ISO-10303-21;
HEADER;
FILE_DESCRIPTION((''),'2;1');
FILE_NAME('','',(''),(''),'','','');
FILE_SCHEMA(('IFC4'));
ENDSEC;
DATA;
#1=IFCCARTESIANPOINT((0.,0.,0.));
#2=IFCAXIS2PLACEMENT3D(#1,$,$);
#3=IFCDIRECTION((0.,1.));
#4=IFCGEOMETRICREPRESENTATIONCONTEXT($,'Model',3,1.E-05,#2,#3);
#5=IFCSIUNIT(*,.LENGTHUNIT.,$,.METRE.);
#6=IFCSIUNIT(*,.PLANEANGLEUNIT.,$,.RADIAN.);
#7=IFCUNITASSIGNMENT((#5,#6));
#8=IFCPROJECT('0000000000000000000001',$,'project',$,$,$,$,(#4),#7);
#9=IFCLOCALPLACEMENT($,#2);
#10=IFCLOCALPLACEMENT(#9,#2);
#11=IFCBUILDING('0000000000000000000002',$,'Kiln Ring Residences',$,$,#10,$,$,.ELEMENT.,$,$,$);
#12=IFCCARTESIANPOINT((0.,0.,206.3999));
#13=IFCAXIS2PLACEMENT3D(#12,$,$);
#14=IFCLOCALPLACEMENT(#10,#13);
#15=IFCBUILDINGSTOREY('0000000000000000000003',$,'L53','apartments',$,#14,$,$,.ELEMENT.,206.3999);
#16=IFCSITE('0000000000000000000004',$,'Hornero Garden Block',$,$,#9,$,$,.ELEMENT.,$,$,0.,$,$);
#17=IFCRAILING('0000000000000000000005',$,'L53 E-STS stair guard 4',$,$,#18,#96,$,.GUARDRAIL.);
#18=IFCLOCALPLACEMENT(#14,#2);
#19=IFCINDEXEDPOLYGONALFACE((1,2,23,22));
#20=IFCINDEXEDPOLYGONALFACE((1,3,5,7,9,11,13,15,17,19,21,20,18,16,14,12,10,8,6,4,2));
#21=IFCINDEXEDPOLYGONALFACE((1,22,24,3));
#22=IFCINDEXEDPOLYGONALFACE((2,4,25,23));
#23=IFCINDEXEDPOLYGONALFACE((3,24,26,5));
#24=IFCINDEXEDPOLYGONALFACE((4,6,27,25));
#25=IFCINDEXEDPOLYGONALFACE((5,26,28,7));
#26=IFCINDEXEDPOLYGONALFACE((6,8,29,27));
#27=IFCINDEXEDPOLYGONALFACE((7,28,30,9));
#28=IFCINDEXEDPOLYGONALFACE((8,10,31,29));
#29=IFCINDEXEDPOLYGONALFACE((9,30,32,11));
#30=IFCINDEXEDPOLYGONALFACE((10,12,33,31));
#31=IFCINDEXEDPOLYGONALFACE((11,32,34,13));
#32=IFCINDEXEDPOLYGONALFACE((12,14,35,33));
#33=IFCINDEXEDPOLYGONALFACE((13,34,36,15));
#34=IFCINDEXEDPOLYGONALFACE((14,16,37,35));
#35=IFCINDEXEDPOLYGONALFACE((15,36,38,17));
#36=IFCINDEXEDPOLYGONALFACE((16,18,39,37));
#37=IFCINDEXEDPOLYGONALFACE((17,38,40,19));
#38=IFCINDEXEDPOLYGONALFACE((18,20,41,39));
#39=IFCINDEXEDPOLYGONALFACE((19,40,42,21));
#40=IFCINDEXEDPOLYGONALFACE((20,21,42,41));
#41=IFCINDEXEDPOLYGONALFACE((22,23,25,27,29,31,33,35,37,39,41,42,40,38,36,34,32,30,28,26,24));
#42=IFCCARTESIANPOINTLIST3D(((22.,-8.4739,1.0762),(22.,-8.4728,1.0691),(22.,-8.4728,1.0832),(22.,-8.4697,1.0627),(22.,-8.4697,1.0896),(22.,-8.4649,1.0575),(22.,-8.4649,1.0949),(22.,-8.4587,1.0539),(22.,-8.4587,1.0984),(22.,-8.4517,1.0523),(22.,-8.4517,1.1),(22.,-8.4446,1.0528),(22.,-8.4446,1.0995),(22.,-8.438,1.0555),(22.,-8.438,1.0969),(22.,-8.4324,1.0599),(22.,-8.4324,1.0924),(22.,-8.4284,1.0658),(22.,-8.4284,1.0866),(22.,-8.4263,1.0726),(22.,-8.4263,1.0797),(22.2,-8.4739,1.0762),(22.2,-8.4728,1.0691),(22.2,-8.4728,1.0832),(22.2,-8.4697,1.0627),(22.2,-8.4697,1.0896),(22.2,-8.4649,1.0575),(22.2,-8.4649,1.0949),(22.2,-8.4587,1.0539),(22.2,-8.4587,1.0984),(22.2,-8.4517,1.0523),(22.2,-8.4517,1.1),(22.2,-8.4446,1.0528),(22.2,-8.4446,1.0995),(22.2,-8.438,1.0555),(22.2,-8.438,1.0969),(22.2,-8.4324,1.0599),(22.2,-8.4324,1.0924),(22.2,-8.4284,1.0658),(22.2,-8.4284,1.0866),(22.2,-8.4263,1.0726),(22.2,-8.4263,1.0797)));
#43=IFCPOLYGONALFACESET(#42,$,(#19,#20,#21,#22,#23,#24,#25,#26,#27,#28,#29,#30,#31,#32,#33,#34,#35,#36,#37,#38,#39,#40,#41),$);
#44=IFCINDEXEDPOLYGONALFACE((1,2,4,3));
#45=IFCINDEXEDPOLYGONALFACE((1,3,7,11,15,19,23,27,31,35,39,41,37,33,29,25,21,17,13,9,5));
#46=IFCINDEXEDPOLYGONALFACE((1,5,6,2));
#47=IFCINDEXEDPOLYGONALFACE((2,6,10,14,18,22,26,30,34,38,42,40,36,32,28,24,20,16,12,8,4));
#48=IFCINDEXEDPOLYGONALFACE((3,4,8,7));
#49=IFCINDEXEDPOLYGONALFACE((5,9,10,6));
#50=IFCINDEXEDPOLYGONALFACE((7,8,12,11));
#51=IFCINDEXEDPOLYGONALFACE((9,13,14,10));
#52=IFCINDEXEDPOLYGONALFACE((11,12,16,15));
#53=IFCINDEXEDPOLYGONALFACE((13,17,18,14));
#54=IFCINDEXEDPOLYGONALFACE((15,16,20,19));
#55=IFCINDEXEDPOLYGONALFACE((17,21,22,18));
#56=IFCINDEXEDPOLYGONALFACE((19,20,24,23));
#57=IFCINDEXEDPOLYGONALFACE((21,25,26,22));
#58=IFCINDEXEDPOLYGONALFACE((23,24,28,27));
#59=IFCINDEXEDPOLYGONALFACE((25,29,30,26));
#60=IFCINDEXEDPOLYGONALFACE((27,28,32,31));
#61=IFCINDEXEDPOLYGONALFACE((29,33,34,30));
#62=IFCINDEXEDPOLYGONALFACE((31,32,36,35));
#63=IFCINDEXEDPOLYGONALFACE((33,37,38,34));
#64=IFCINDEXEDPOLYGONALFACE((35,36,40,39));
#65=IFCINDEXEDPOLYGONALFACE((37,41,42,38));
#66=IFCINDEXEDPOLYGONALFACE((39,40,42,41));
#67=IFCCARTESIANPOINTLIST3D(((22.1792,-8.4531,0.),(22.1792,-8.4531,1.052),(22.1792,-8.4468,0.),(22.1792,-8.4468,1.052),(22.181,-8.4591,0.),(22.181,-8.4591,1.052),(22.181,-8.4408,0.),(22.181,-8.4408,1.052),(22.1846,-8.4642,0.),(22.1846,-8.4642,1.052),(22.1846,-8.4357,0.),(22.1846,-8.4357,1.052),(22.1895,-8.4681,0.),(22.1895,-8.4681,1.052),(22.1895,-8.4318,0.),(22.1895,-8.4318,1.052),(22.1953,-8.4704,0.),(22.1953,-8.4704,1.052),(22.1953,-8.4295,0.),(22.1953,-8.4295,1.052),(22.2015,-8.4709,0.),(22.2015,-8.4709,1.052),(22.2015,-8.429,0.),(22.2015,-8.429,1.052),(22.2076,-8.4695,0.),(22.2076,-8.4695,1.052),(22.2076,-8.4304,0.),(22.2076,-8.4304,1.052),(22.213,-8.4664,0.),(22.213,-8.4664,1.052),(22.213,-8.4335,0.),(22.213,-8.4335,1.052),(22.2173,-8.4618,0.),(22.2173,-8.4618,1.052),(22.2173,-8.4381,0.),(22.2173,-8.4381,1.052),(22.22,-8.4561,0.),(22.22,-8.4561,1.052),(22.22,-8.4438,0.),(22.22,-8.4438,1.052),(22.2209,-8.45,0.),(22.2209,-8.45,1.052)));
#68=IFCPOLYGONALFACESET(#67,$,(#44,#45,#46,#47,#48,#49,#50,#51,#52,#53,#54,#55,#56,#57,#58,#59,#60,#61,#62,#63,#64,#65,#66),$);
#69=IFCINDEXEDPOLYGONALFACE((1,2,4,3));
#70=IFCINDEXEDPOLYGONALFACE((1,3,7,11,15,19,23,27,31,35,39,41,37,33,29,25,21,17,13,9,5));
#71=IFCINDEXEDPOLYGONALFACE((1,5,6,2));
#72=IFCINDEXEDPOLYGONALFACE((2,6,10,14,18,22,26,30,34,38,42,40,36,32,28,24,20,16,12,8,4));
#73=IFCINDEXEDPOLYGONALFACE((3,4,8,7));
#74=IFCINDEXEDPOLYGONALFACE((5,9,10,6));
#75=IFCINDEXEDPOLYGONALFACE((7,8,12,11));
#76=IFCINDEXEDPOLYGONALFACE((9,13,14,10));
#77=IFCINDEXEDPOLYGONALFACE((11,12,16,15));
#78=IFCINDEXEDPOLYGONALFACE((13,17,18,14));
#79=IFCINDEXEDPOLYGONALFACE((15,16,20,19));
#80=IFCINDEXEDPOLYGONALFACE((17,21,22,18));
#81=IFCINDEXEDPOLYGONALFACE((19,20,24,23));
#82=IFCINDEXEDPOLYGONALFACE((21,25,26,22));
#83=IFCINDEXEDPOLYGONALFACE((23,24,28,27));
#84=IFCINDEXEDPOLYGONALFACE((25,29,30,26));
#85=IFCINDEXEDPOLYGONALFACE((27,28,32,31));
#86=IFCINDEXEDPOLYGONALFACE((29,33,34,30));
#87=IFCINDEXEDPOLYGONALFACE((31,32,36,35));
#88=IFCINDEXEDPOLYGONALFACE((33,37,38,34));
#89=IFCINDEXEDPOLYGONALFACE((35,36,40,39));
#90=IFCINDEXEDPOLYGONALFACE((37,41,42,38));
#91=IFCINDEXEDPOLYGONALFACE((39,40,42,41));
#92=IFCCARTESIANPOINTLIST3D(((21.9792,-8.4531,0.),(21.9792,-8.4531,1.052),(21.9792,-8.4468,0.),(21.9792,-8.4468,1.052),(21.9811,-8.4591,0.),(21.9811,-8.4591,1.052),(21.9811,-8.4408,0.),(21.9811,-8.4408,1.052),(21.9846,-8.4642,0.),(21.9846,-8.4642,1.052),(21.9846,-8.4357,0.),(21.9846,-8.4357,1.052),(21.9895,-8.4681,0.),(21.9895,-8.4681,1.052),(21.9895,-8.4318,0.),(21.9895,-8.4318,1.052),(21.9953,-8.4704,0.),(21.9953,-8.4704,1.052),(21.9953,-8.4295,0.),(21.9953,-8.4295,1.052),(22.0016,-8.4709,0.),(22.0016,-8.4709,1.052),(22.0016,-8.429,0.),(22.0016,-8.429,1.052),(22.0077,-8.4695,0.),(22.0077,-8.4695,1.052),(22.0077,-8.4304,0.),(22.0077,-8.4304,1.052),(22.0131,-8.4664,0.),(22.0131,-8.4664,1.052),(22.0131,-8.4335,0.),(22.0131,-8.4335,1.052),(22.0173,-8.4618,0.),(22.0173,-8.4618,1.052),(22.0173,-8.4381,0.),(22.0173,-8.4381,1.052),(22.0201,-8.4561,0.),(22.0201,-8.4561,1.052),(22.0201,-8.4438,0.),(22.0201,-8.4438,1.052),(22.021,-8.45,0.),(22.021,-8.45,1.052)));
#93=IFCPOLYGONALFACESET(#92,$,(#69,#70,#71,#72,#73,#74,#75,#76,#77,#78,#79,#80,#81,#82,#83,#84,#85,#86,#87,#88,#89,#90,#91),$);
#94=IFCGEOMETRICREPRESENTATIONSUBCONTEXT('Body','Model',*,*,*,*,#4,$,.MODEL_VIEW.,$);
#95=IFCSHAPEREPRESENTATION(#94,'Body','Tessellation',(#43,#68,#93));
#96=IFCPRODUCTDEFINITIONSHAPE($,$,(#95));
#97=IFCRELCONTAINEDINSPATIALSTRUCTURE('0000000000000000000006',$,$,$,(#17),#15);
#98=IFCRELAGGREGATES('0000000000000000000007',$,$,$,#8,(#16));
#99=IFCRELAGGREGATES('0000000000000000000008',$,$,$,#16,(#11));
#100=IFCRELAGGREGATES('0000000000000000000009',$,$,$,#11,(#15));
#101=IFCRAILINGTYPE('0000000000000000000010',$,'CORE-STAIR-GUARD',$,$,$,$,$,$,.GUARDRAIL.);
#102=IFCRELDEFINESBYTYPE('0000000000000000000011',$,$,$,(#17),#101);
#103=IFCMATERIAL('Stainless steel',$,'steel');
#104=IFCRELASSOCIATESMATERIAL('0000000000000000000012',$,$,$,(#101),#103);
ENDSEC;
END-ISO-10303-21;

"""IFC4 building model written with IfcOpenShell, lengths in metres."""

from ifc_helpers import new_model, si_unit, direction, frame, origin, origin_2d, place, context, subcontext, project, spatial, circle, extrude, material, type_object, element, save


model = new_model("IFC4")

# Units and contexts
model_context = context("Model", 3, precision=1e-05, world=origin(), true_north=direction((0.0, 1.0)))
body_context = subcontext(model_context, "Body", "Model", "MODEL_VIEW")
ifc_project = project(units=[si_unit("LENGTHUNIT", "METRE"), si_unit("PLANEANGLEUNIT", "RADIAN")], contexts=[model_context])

# Site, building, storey
site_placement = place(None, origin())
site = spatial("IfcSite", under=ifc_project, at=site_placement, Name="Hornero Garden Block", CompositionType="ELEMENT", RefElevation=0.0)
building_placement = place(site_placement, origin())
building = spatial("IfcBuilding", under=site, at=building_placement, Name="Kiln Ring Residences", CompositionType="ELEMENT")
storey_placement = place(building_placement, frame((0.0, 0.0, 206.3999)))
storey = spatial("IfcBuildingStorey", under=building, at=storey_placement, Name="L53", Description="apartments", CompositionType="ELEMENT", Elevation=206.3999)

# Railing
ifc_material_1 = material(Name="Stainless steel", Category="steel")
railing_type_1 = type_object("IfcRailingType", Name="CORE-STAIR-GUARD", PredefinedType="GUARDRAIL", material=ifc_material_1)
railing_1_placement = place(storey_placement, frame((22.2, -8.45, 0.0)))
element("IfcRailing", 1, at=railing_1_placement, inside=storey, type_object=railing_type_1, Name="L53 E-STS stair guard 4", PredefinedType="GUARDRAIL", context=body_context, shape_type="SweptSolid", body=[
    extrude(circle(Radius=0.0239, at=origin_2d()), frame((0.0, 0.0, 1.0762), z_axis=(-1.0, 0.0, 0.0), x_axis=(0.0, -1.0, 0.0)), (0.0, 0.0, 1.0), 0.2),
    extrude(circle(Radius=0.021, at=origin_2d()), origin(), (0.0, 0.0, 1.0), 1.052),
    extrude(circle(Radius=0.021, at=origin_2d()), frame((-0.2, 0.0, 0.0)), (0.0, 0.0, 1.0), 1.052),
])

save(model, "model.ifc")
